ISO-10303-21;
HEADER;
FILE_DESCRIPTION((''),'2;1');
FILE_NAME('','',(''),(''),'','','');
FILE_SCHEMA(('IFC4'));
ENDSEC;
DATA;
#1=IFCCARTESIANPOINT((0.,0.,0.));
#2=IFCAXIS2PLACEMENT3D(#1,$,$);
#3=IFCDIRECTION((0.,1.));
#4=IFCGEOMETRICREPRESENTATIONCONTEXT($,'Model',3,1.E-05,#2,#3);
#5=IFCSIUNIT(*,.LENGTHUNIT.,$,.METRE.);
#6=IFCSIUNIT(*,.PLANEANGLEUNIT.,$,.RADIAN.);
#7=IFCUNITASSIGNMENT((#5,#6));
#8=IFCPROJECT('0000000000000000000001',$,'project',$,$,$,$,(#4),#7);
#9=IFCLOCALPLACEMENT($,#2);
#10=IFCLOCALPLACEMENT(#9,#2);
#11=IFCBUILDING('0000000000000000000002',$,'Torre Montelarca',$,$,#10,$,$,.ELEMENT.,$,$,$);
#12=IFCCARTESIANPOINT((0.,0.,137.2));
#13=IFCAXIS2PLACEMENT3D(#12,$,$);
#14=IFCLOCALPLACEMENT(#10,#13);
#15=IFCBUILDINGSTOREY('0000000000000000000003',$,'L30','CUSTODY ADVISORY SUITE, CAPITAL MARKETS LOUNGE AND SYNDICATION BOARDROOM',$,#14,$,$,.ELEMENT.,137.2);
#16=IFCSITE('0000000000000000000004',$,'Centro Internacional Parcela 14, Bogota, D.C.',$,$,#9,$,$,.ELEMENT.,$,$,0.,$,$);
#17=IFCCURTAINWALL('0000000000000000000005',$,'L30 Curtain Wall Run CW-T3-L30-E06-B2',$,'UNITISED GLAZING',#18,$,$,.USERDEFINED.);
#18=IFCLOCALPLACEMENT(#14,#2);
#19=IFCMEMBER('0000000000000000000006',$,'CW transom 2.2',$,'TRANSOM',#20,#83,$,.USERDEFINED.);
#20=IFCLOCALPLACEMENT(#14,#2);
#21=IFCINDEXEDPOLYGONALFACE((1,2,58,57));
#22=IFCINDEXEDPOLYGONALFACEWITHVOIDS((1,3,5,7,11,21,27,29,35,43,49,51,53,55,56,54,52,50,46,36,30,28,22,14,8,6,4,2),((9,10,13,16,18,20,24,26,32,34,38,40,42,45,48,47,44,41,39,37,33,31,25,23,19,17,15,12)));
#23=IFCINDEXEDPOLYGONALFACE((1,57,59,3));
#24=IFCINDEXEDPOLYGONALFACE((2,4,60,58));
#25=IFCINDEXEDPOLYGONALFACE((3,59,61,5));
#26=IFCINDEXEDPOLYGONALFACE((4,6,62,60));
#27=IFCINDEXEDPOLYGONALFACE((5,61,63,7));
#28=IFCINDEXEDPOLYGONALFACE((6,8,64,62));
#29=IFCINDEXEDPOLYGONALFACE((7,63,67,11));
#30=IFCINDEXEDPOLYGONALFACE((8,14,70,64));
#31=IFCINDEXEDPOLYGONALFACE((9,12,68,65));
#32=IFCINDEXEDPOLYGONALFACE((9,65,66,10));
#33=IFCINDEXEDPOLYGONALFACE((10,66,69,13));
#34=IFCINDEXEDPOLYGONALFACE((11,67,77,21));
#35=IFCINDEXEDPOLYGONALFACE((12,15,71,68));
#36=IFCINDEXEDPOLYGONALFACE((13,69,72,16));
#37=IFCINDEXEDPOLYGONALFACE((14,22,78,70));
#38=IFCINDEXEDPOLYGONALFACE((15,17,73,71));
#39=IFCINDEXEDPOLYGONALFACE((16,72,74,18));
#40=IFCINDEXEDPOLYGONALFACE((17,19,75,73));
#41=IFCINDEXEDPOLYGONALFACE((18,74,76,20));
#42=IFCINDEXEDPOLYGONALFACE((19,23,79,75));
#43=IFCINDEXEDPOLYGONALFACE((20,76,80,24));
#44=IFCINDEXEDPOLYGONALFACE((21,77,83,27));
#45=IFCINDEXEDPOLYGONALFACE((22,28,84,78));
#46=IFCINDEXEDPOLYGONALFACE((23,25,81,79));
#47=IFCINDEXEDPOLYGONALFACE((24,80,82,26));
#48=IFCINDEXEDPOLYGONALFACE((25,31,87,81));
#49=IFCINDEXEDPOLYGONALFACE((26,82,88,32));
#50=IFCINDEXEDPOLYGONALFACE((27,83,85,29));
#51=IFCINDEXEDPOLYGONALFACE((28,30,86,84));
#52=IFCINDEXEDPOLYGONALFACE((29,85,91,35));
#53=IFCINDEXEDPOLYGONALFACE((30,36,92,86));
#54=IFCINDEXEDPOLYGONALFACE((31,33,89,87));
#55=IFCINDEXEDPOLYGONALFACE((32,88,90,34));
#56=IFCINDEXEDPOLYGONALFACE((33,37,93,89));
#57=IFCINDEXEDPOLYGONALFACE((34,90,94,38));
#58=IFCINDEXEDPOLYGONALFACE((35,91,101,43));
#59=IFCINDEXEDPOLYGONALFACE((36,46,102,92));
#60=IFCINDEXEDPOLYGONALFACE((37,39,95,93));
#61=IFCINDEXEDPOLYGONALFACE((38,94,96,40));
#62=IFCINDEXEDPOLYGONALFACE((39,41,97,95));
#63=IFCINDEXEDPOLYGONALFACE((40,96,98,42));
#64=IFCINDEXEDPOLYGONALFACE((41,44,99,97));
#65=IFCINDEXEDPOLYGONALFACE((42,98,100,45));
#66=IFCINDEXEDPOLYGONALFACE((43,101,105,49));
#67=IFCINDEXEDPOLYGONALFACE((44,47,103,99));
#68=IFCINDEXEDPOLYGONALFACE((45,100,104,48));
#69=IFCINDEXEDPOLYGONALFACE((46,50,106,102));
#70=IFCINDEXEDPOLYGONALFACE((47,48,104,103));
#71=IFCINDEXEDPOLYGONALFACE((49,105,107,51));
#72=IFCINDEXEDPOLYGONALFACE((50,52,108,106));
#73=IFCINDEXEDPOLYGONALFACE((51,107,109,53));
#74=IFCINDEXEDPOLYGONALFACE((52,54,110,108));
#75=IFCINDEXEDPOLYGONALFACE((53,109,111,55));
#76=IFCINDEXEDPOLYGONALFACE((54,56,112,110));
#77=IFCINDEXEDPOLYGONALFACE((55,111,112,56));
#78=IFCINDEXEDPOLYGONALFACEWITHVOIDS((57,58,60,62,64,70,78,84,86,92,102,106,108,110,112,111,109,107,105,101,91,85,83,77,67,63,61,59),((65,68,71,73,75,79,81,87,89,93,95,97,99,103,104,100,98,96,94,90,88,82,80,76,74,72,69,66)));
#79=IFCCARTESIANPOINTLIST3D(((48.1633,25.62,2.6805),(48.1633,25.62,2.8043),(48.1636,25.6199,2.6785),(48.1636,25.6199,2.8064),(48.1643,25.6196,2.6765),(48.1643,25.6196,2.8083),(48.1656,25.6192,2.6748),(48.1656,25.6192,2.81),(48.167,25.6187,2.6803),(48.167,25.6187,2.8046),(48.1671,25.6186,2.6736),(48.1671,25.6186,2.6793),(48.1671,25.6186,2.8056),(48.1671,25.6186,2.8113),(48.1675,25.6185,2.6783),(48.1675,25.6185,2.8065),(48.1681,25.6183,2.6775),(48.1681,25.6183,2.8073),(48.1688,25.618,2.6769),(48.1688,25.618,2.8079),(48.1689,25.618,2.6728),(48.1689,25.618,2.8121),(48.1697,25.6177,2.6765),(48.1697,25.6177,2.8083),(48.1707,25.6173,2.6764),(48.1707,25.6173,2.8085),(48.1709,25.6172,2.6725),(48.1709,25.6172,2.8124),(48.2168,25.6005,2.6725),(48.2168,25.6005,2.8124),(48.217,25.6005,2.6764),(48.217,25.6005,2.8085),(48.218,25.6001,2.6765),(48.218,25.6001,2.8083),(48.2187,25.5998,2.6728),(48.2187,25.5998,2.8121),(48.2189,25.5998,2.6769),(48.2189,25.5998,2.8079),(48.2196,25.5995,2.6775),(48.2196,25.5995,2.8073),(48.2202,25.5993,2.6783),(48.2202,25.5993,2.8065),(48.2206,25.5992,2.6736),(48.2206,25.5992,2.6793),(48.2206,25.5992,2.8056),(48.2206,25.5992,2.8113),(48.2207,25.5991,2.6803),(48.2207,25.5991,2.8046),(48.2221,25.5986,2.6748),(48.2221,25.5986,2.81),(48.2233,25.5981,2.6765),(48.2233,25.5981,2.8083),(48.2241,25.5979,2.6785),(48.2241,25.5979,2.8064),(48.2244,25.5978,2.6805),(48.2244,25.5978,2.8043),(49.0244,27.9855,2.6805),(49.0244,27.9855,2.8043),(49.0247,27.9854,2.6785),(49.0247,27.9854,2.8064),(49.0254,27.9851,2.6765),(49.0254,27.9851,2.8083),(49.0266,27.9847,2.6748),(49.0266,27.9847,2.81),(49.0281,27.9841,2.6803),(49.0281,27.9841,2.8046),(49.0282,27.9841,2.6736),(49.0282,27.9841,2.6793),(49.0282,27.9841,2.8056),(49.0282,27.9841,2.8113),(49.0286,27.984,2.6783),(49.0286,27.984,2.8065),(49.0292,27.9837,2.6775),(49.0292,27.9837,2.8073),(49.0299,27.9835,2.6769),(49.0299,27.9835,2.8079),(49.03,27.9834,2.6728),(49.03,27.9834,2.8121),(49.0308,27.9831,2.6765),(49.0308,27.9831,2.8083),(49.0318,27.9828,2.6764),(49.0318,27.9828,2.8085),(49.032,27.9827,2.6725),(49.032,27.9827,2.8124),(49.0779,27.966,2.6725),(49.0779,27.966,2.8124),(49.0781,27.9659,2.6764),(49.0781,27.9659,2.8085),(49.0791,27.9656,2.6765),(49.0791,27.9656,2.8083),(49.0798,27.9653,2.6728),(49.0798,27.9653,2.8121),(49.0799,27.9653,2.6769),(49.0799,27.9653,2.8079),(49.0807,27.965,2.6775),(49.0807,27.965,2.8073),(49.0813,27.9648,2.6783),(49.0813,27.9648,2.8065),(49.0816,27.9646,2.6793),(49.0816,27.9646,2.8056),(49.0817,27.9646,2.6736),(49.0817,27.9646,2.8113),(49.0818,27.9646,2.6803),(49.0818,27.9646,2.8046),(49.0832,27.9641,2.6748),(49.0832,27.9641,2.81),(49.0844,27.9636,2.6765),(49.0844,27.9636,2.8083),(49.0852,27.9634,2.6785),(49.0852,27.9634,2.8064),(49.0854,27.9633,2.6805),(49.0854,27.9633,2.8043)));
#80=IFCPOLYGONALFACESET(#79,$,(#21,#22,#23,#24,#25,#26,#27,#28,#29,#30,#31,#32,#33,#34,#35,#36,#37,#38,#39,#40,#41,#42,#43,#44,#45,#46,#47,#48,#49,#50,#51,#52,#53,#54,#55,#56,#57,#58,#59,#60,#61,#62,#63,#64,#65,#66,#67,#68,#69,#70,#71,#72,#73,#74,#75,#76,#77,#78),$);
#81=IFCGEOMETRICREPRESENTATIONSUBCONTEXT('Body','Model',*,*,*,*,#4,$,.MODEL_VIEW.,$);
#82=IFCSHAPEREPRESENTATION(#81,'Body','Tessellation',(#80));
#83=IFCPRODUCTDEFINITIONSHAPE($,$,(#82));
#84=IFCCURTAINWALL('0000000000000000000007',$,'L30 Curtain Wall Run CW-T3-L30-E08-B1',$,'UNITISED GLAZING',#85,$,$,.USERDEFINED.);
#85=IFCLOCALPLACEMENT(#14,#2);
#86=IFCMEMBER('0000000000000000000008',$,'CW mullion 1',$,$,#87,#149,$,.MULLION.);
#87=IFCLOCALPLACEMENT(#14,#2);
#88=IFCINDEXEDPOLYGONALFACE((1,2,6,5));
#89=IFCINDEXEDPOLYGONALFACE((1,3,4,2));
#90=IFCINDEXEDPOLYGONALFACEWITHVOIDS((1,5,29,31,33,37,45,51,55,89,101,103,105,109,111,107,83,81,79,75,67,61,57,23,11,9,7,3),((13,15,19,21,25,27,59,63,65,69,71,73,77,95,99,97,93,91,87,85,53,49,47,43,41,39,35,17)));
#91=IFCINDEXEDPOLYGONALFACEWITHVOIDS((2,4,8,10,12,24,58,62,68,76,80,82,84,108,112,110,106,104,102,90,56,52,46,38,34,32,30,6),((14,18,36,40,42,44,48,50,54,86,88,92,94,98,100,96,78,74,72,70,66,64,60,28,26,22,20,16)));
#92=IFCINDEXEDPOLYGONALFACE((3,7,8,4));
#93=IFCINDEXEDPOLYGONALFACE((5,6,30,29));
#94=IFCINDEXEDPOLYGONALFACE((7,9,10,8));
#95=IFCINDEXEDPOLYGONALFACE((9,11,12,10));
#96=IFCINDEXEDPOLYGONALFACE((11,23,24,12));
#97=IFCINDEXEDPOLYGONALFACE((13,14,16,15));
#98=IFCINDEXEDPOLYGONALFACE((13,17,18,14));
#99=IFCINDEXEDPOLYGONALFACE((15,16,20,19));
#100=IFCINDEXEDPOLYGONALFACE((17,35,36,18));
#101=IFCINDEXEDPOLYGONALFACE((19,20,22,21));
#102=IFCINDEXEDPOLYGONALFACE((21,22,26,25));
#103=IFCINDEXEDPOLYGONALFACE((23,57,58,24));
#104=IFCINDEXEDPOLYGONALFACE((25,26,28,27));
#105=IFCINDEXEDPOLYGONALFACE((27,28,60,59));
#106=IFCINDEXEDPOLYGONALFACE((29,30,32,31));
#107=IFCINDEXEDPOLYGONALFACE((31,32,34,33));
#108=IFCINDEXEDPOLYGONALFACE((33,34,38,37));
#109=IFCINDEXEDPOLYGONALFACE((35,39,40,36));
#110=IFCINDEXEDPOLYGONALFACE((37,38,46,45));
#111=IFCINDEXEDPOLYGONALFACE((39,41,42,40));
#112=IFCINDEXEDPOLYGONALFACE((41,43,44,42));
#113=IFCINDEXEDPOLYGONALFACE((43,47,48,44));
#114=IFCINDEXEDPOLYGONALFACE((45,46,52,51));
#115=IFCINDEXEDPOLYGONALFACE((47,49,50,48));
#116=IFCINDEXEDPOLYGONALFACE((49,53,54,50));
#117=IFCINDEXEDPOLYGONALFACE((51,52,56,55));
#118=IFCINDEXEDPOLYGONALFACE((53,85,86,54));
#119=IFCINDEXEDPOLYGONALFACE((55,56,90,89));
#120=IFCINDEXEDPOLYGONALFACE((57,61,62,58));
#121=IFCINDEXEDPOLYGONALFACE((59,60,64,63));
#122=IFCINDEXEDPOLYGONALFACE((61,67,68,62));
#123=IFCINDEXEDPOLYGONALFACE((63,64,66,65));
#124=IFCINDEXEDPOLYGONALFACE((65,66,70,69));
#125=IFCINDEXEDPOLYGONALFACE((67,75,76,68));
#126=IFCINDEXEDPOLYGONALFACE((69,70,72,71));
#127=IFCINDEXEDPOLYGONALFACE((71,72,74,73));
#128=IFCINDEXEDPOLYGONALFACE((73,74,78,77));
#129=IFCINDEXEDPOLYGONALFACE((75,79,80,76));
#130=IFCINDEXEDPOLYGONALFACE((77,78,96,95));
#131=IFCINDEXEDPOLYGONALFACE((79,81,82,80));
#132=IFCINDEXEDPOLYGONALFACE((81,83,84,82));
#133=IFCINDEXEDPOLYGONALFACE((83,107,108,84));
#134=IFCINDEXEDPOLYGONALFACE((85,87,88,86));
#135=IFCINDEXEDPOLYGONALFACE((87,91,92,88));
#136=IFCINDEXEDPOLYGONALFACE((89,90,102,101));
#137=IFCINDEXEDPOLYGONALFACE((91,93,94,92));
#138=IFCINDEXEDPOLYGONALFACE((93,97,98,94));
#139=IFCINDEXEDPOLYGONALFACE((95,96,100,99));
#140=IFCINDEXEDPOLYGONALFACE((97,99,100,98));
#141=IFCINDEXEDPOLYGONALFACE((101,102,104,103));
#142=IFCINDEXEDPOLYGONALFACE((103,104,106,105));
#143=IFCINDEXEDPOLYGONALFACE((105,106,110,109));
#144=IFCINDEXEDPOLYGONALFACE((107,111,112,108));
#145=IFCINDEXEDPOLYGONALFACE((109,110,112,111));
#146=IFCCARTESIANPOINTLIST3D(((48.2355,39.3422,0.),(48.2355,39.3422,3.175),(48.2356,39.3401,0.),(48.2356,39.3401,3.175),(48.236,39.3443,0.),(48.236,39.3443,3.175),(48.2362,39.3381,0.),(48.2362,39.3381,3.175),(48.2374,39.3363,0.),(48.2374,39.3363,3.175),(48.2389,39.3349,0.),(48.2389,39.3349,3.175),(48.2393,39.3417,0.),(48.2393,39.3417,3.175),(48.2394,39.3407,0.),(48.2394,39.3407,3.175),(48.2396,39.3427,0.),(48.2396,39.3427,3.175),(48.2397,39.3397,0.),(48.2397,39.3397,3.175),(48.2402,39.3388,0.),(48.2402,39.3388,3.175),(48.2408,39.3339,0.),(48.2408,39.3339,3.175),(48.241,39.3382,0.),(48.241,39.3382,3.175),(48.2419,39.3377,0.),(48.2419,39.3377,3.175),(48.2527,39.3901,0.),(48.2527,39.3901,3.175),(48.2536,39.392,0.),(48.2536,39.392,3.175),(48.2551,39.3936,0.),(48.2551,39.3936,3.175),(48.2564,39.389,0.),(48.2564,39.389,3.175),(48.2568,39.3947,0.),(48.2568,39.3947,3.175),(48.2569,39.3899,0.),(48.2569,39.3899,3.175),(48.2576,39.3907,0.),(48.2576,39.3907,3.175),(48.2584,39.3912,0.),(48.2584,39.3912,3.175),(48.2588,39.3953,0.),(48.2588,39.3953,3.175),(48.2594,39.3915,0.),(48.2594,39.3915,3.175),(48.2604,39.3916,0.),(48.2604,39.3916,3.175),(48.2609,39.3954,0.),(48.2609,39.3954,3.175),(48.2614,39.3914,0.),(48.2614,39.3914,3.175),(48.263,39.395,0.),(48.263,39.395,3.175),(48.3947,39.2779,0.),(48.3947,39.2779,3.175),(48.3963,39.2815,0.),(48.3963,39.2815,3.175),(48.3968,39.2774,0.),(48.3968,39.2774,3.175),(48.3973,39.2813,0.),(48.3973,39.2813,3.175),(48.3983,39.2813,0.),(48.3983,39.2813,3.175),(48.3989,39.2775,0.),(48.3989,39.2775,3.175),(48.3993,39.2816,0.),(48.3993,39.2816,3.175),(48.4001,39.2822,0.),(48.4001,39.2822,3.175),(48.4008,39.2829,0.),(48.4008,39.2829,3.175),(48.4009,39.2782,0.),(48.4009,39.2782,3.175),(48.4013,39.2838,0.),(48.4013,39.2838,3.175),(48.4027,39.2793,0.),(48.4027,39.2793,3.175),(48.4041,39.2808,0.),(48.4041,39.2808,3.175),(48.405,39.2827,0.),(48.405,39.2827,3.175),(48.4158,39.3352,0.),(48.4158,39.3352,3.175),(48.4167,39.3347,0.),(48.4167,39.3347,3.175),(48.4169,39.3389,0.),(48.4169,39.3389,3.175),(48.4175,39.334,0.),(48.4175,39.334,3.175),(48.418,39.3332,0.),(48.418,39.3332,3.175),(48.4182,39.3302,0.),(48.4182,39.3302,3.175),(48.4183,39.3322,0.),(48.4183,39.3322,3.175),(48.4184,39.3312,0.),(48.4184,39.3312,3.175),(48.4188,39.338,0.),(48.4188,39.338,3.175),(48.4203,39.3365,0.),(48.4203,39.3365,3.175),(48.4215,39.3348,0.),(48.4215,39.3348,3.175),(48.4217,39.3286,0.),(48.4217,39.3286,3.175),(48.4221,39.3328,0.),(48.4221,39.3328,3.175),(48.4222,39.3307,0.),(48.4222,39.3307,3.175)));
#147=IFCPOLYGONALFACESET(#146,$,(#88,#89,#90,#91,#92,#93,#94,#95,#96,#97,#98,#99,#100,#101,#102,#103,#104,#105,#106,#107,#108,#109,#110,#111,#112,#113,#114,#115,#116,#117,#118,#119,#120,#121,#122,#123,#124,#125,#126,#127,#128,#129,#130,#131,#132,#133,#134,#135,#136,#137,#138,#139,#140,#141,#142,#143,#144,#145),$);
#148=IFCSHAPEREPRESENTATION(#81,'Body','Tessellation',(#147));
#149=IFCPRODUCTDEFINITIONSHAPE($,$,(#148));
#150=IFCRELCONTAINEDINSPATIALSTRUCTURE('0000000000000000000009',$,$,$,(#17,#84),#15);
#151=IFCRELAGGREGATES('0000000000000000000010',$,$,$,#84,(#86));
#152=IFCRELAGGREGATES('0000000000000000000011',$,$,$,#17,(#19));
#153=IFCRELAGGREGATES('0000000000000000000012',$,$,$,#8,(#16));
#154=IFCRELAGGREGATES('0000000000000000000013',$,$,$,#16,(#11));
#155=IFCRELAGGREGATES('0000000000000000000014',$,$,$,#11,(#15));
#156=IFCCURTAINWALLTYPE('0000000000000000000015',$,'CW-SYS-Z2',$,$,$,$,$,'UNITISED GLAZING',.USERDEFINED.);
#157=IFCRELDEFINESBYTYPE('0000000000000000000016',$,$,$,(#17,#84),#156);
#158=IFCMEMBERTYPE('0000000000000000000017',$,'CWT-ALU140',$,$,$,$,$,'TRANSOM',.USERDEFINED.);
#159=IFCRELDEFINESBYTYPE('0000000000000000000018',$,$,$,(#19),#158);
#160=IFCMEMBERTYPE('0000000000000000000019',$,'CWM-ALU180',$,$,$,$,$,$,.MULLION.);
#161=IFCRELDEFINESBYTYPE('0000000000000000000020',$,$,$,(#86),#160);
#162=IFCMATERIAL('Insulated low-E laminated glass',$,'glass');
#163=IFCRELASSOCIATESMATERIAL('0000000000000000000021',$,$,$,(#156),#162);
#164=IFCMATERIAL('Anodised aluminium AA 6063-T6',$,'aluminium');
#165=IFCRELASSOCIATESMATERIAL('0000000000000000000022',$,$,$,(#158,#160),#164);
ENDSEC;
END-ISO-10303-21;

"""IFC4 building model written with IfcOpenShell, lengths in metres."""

from ifc_helpers import new_model, si_unit, direction, frame, origin, origin_2d, place, context, subcontext, project, spatial, hollow_rectangle, extrude, source, transform, mapped, material, material_profile, profile_set, type_object, element, aggregate, save


model = new_model("IFC4")

# Units and contexts
model_context = context("Model", 3, precision=1e-05, world=origin(), true_north=direction((0.0, 1.0)))
body_context = subcontext(model_context, "Body", "Model", "MODEL_VIEW")
ifc_project = project(units=[si_unit("LENGTHUNIT", "METRE"), si_unit("PLANEANGLEUNIT", "RADIAN")], contexts=[model_context])

# Site, building, storey
site_placement = place(None, origin())
site = spatial("IfcSite", under=ifc_project, at=site_placement, Name="Centro Internacional Parcela 14, Bogota, D.C.", CompositionType="ELEMENT", RefElevation=0.0)
building_placement = place(site_placement, origin())
building = spatial("IfcBuilding", under=site, at=building_placement, Name="Torre Montelarca", CompositionType="ELEMENT")
storey_placement = place(building_placement, frame((0.0, 0.0, 137.2)))
storey = spatial("IfcBuildingStorey", under=building, at=storey_placement, Name="L30", Description="CUSTODY ADVISORY SUITE, CAPITAL MARKETS LOUNGE AND SYNDICATION BOARDROOM", CompositionType="ELEMENT", Elevation=137.2)

# Curtain wall
ifc_material_1 = material(Name="Insulated low-E laminated glass", Category="glass")
curtain_wall_type = type_object("IfcCurtainWallType", Name="CW-SYS-Z2", ElementType="UNITISED GLAZING", PredefinedType="USERDEFINED", material=ifc_material_1)
ifc_material_2 = material(Name="Anodised aluminium AA 6063-T6", Category="aluminium")
ifc_material_profile_1 = material_profile(ifc_material_2, hollow_rectangle(XDim=0.0649, YDim=0.1399, WallThickness=0.0039, InnerFilletRadius=0.0039, OuterFilletRadius=0.0081, at=origin_2d()), Name="ALU65X140X4", Category="aluminium")
ifc_profile_set_1 = profile_set([ifc_material_profile_1], Name="Anodised aluminium AA 6063-T6")
member_type_1 = type_object("IfcMemberType", Name="CWT-ALU140", ElementType="TRANSOM", PredefinedType="USERDEFINED", material=ifc_profile_set_1)
curtain_wall_1_placement = place(storey_placement, origin())
curtain_wall_1 = element("IfcCurtainWall", 1, at=curtain_wall_1_placement, inside=storey, type_object=curtain_wall_type, Name="L30 Curtain Wall Run CW-T3-L30-E06-B2", ObjectType="UNITISED GLAZING", PredefinedType="USERDEFINED")
ifc_material_profile_2 = material_profile(ifc_material_2, hollow_rectangle(XDim=0.0649, YDim=0.1799, WallThickness=0.0039, InnerFilletRadius=0.0039, OuterFilletRadius=0.0081, at=origin_2d()), Name="ALU65X180X4", Category="aluminium")
ifc_profile_set_2 = profile_set([ifc_material_profile_2], Name="Anodised aluminium AA 6063-T6")
member_type_2 = type_object("IfcMemberType", Name="CWM-ALU180", PredefinedType="MULLION", material=ifc_profile_set_2)

# Member
shared_shape_1 = source(origin(), body_context, "Body", "SweptSolid", [
    extrude(hollow_rectangle(XDim=0.0649, YDim=0.1399, WallThickness=0.0039, InnerFilletRadius=0.0039, OuterFilletRadius=0.0081, at=origin_2d()), origin(), (0.0, 0.0, 1.0), 2.5173),
])
member_1_placement = place(storey_placement, frame((48.1938, 25.6089, 2.7424), z_axis=(0.342062, 0.939677, 0.0), x_axis=(-0.939677, 0.342062, 0.0)))
member_1 = element("IfcMember", 2, at=member_1_placement, type_object=member_type_1, Name="CW transom 2.2", ObjectType="TRANSOM", PredefinedType="USERDEFINED", context=body_context, shape_type="MappedRepresentation", body=[
    mapped(shared_shape_1, transform((0.0, 0.0, 0.0), scale=1.0)),
])

# Curtain wall, member
curtain_wall_2_placement = place(storey_placement, origin())
curtain_wall_2 = element("IfcCurtainWall", 3, at=curtain_wall_2_placement, inside=storey, type_object=curtain_wall_type, Name="L30 Curtain Wall Run CW-T3-L30-E08-B1", ObjectType="UNITISED GLAZING", PredefinedType="USERDEFINED")
shared_shape_2 = source(origin(), body_context, "Body", "SweptSolid", [
    extrude(hollow_rectangle(XDim=0.0649, YDim=0.1799, WallThickness=0.0039, InnerFilletRadius=0.0039, OuterFilletRadius=0.0081, at=origin_2d()), origin(), (0.0, 0.0, 1.0), 3.175),
])
member_2_placement = place(storey_placement, frame((48.3289, 39.3364, 0.0), z_axis=(0.0, 0.0, 1.0), x_axis=(-0.342017, -0.939694, 0.0)))
member_2 = element("IfcMember", 4, at=member_2_placement, type_object=member_type_2, Name="CW mullion 1", PredefinedType="MULLION", context=body_context, shape_type="MappedRepresentation", body=[
    mapped(shared_shape_2, transform((0.0, 0.0, 0.0), scale=1.0)),
])
aggregate(curtain_wall_2, [member_2])

aggregate(curtain_wall_1, [member_1])

save(model, "model.ifc")
